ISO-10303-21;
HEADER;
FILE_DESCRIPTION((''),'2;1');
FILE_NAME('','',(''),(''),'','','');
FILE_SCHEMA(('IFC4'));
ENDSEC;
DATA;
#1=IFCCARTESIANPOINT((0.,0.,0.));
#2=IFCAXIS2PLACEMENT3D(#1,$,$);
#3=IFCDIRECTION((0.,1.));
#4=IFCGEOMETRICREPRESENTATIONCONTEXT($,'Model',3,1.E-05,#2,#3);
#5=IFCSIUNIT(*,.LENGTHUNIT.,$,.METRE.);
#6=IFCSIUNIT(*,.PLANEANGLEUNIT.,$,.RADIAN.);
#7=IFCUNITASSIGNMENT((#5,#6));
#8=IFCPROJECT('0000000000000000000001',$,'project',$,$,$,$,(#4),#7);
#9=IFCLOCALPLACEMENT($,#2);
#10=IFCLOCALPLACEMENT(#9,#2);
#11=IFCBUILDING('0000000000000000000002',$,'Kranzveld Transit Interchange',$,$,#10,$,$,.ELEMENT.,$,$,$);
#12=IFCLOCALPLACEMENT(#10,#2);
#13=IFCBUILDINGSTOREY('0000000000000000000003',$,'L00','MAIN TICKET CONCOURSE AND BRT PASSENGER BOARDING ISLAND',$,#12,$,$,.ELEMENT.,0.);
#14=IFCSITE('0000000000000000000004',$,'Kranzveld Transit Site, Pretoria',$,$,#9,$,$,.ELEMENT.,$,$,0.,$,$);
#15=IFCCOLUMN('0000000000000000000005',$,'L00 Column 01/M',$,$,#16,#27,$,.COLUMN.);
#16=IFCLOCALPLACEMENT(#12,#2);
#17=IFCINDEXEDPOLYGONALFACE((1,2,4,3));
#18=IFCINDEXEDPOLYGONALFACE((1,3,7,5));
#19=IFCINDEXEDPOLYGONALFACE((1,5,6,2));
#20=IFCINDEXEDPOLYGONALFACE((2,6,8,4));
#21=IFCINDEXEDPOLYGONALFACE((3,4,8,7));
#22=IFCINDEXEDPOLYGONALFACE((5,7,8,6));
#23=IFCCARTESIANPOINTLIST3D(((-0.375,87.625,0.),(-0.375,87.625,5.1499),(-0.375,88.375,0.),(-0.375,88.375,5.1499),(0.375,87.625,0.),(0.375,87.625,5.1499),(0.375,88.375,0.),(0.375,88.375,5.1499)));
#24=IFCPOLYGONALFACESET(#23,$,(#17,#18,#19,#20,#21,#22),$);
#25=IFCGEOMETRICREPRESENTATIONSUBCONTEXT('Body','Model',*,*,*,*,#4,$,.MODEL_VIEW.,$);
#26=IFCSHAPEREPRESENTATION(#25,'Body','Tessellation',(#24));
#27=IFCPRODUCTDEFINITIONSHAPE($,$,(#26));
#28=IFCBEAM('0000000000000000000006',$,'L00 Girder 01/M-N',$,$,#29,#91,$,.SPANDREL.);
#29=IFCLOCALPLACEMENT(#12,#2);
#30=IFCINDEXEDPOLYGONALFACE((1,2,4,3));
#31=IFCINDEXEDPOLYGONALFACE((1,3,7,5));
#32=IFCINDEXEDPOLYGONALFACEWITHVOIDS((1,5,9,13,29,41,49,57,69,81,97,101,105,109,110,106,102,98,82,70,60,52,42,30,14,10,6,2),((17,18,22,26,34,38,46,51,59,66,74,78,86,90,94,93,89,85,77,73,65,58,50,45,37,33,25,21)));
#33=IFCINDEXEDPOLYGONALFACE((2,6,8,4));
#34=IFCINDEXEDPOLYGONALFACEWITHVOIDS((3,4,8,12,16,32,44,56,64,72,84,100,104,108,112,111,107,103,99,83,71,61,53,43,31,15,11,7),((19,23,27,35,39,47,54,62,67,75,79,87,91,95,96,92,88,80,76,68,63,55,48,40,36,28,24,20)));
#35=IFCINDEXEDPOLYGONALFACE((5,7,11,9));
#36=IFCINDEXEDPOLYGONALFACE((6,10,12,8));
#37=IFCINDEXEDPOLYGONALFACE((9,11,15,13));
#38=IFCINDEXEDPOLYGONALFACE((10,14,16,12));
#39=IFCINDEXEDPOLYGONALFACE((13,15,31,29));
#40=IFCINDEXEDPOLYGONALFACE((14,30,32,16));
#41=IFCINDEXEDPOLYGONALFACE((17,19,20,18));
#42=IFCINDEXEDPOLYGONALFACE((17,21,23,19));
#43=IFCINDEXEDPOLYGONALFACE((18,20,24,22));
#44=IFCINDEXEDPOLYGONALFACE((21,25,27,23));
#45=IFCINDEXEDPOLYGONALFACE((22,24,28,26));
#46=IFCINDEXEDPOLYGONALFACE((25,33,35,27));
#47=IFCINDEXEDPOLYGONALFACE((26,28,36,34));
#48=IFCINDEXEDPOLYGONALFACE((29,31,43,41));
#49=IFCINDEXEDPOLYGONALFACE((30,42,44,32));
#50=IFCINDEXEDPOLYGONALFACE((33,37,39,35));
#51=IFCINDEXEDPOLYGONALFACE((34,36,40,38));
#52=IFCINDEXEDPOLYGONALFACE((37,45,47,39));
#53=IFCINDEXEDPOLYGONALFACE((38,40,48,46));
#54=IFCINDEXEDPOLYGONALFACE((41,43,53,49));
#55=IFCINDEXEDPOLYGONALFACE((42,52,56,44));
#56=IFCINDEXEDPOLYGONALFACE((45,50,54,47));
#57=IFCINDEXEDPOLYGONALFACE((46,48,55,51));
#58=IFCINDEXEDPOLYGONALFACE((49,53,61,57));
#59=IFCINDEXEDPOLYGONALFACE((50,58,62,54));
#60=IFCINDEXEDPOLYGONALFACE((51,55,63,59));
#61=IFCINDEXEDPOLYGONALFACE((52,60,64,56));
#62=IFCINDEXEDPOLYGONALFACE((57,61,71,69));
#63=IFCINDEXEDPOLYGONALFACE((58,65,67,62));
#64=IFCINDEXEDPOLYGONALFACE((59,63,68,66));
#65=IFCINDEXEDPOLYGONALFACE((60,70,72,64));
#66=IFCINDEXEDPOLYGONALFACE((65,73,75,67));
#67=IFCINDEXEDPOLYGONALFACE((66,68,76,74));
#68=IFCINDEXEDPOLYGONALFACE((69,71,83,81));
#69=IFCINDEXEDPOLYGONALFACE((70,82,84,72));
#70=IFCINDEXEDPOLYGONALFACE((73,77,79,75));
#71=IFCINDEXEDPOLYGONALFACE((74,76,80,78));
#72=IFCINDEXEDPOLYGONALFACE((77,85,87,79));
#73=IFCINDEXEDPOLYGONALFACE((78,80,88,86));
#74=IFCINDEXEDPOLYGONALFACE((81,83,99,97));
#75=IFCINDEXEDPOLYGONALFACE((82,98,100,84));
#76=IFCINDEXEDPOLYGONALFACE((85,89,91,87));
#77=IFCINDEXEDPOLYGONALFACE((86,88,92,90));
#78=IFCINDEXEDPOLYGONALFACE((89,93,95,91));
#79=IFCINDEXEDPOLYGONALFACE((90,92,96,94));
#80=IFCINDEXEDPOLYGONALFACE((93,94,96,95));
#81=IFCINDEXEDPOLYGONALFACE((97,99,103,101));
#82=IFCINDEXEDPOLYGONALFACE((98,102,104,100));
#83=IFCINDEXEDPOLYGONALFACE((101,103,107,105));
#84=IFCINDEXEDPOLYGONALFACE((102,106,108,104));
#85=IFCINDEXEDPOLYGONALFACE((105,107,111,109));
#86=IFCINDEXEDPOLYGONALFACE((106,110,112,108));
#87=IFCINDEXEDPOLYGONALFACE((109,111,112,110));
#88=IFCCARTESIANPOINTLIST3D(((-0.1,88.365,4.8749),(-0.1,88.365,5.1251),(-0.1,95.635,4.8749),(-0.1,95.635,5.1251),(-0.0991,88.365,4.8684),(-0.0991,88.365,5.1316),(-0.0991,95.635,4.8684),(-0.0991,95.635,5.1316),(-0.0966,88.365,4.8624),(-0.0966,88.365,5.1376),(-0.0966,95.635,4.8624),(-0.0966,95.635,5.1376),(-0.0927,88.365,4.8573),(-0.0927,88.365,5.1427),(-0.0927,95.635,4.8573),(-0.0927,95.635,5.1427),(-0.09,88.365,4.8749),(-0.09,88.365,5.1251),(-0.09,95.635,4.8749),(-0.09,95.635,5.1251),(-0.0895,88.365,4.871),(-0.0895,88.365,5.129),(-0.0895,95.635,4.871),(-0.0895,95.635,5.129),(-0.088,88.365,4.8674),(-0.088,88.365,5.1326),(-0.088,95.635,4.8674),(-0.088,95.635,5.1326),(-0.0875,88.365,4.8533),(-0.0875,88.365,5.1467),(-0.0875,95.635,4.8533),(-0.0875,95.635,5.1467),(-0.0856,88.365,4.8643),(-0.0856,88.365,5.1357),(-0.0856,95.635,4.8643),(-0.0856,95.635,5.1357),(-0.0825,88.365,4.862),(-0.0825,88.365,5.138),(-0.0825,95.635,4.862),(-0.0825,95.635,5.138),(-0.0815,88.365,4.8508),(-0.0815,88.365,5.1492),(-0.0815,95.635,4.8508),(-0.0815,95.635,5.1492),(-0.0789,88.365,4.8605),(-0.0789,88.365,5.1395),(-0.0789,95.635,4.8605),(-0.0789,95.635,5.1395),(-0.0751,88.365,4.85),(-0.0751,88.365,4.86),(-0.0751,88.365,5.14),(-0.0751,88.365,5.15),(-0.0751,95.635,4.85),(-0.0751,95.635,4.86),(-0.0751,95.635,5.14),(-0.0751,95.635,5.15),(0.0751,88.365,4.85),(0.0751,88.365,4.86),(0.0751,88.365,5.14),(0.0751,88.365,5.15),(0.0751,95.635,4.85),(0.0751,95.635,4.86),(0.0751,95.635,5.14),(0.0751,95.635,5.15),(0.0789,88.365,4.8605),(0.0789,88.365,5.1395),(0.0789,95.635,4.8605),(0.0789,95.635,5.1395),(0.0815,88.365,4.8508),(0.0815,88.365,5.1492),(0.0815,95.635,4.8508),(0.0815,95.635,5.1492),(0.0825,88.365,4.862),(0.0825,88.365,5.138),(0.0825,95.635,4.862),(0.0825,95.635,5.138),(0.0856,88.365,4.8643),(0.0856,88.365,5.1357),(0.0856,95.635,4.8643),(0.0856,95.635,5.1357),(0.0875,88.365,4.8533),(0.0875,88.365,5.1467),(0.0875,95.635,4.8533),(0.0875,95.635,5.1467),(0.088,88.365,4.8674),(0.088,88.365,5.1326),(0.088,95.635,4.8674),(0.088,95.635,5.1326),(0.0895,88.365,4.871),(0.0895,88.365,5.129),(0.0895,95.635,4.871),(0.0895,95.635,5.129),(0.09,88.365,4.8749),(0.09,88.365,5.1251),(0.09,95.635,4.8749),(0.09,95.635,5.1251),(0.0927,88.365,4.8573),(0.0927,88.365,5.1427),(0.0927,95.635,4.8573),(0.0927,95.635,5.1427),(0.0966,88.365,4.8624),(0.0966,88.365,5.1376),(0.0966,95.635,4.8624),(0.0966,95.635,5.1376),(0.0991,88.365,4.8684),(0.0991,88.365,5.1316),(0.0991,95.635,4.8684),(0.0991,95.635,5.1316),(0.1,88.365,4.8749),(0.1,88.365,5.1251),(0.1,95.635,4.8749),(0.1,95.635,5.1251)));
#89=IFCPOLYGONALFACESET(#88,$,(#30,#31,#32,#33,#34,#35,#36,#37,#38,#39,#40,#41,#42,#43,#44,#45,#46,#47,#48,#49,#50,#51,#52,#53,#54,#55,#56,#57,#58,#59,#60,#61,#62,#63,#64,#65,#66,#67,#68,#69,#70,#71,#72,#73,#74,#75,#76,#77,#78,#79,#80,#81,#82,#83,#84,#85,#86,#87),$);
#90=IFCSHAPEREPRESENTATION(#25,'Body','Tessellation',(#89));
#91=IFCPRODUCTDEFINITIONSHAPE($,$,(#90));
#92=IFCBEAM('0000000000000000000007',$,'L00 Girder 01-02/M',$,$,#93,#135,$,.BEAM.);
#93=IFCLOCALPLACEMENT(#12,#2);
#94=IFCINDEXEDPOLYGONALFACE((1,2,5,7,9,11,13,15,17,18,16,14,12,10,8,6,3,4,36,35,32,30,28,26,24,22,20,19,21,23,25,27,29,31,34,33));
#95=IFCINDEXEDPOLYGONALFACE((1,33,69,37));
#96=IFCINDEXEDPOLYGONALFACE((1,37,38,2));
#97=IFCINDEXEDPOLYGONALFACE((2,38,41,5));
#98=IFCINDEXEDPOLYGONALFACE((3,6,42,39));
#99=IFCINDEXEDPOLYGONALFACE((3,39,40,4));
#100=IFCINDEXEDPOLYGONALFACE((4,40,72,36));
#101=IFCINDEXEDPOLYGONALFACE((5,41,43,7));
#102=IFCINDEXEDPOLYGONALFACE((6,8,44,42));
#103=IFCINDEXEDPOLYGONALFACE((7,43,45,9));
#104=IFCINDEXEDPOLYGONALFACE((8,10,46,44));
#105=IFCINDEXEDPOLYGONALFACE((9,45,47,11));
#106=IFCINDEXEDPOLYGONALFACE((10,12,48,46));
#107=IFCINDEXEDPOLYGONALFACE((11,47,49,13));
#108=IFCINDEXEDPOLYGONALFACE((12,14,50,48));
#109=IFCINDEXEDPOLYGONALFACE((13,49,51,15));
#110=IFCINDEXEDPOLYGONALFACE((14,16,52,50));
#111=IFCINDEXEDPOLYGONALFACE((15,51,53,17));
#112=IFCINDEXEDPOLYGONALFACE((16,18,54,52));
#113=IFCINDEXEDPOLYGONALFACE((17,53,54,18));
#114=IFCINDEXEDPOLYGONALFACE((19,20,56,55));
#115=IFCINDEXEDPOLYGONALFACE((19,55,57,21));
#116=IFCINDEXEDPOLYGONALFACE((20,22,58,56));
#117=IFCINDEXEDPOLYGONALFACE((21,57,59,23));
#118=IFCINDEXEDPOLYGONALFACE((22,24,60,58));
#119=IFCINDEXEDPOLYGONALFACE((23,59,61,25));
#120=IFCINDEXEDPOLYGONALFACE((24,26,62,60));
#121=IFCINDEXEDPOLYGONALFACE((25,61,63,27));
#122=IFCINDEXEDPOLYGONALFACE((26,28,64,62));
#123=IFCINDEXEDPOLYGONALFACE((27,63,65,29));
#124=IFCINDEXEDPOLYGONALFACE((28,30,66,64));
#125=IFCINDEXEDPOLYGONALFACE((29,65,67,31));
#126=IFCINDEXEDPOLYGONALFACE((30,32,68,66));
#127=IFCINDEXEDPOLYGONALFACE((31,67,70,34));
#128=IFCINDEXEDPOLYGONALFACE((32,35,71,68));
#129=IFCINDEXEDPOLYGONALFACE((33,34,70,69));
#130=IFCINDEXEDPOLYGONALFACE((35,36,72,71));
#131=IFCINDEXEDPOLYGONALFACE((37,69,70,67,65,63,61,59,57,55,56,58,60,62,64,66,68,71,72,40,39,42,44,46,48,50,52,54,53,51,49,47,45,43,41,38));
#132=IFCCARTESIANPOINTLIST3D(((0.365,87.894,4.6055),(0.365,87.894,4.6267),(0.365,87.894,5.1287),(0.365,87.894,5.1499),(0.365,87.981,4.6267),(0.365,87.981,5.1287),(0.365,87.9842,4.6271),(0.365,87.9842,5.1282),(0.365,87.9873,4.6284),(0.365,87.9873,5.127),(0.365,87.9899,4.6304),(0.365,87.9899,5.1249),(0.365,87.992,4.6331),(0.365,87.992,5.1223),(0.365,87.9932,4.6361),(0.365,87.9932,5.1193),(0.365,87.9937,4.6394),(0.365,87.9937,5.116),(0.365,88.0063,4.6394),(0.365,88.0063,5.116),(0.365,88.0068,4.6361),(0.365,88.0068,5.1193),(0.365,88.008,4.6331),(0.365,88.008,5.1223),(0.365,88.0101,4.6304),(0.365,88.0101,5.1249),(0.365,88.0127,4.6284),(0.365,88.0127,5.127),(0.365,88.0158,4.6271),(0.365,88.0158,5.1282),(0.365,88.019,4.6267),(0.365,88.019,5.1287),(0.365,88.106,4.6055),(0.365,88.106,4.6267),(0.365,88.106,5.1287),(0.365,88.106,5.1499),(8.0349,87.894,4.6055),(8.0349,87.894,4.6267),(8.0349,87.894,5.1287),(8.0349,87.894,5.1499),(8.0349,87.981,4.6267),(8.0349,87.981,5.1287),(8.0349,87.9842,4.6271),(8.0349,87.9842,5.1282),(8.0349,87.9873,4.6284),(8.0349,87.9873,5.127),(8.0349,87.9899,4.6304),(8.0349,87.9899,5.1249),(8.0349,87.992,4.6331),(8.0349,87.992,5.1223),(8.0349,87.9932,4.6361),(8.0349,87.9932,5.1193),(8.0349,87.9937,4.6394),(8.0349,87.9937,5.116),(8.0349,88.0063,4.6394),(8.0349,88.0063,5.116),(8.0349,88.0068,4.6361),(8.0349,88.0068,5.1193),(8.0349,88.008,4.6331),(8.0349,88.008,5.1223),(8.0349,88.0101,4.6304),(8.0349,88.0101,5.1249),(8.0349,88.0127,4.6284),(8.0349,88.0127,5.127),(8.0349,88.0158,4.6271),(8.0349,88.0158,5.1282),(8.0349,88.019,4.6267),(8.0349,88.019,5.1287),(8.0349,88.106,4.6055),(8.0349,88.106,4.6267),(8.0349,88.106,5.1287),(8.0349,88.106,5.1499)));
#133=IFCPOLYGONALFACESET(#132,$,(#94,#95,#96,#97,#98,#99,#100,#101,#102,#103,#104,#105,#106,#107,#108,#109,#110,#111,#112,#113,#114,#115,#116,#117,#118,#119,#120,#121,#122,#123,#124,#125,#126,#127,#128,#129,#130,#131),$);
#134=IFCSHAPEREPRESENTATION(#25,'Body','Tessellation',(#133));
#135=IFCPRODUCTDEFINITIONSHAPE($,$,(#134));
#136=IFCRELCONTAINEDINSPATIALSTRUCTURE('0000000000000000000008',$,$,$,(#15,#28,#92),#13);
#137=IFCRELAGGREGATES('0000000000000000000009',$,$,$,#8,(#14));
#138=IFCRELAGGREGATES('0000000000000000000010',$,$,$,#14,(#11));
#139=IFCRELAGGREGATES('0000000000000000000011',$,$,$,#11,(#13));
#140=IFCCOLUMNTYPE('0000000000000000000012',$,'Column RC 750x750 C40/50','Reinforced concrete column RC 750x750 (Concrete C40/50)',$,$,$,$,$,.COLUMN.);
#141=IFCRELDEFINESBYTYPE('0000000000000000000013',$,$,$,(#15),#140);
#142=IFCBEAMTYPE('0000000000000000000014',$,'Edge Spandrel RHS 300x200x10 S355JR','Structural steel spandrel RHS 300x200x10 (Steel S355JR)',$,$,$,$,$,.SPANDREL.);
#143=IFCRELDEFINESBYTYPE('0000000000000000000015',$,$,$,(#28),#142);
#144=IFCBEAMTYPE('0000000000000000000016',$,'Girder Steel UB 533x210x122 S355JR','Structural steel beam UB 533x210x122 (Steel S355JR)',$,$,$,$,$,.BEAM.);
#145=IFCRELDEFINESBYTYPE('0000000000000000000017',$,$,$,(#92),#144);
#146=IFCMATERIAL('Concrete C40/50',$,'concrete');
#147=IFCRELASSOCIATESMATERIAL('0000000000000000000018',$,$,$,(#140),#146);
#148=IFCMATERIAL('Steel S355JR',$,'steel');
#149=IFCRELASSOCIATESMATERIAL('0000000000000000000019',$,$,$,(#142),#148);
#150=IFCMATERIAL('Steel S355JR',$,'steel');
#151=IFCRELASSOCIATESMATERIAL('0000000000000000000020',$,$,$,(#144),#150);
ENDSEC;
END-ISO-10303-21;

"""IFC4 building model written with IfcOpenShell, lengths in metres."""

from ifc_helpers import new_model, si_unit, direction, frame, origin, origin_2d, place, context, subcontext, project, spatial, rectangle, hollow_rectangle, i_section, extrude, material, material_profile, profile_set, type_object, element, save


model = new_model("IFC4")

# Units and contexts
model_context = context("Model", 3, precision=1e-05, world=origin(), true_north=direction((0.0, 1.0)))
body_context = subcontext(model_context, "Body", "Model", "MODEL_VIEW")
ifc_project = project(units=[si_unit("LENGTHUNIT", "METRE"), si_unit("PLANEANGLEUNIT", "RADIAN")], contexts=[model_context])

# Site, building, storey
site_placement = place(None, origin())
site = spatial("IfcSite", under=ifc_project, at=site_placement, Name="Kranzveld Transit Site, Pretoria", CompositionType="ELEMENT", RefElevation=0.0)
building_placement = place(site_placement, origin())
building = spatial("IfcBuilding", under=site, at=building_placement, Name="Kranzveld Transit Interchange", CompositionType="ELEMENT")
storey_placement = place(building_placement, origin())
storey = spatial("IfcBuildingStorey", under=building, at=storey_placement, Name="L00", Description="MAIN TICKET CONCOURSE AND BRT PASSENGER BOARDING ISLAND", CompositionType="ELEMENT", Elevation=0.0)

# Column
ifc_material_1 = material(Name="Concrete C40/50", Category="concrete")
ifc_material_profile_1 = material_profile(ifc_material_1, rectangle(XDim=0.75, YDim=0.75, at=origin_2d()), Name="RC 750x750")
ifc_profile_set_1 = profile_set([ifc_material_profile_1], Name="Concrete C40/50")
column_type = type_object("IfcColumnType", Name="Column RC 750x750 C40/50", Description="Reinforced concrete column RC 750x750 (Concrete C40/50)", PredefinedType="COLUMN", material=ifc_profile_set_1)
column_placement = place(storey_placement, frame((0.0, 88.0, 0.0), z_axis=(0.0, 0.0, 1.0), x_axis=(1.0, 0.0, 0.0)))
element("IfcColumn", 1, at=column_placement, inside=storey, type_object=column_type, Name="L00 Column 01/M", PredefinedType="COLUMN", context=body_context, shape_type="SweptSolid", body=[
    extrude(rectangle(XDim=0.75, YDim=0.75, at=origin_2d()), origin(), (0.0, 0.0, 1.0), 5.1499),
])

# Beams
ifc_material_2 = material(Name="Steel S355JR", Category="steel")
ifc_material_profile_2 = material_profile(ifc_material_2, hollow_rectangle(XDim=0.2, YDim=0.3, WallThickness=0.01, InnerFilletRadius=0.0149, OuterFilletRadius=0.0249, at=origin_2d()), Name="RHS 300x200x10")
ifc_profile_set_2 = profile_set([ifc_material_profile_2], Name="Steel S355JR")
beam_type_1 = type_object("IfcBeamType", Name="Edge Spandrel RHS 300x200x10 S355JR", Description="Structural steel spandrel RHS 300x200x10 (Steel S355JR)", PredefinedType="SPANDREL", material=ifc_profile_set_2)
beam_1_placement = place(storey_placement, frame((0.0, 88.365, 5.0), z_axis=(0.0, 1.0, 0.0), x_axis=(-1.0, 0.0, 0.0)))
element("IfcBeam", 2, at=beam_1_placement, inside=storey, type_object=beam_type_1, Name="L00 Girder 01/M-N", PredefinedType="SPANDREL", context=body_context, shape_type="SweptSolid", body=[
    extrude(hollow_rectangle(XDim=0.2, YDim=0.3, WallThickness=0.01, InnerFilletRadius=0.0149, OuterFilletRadius=0.0249, at=origin_2d()), origin(), (0.0, 0.0, 1.0), 7.27),
])
ifc_material_3 = material(Name="Steel S355JR", Category="steel")
ifc_material_profile_3 = material_profile(ifc_material_3, i_section(OverallWidth=0.2119, OverallDepth=0.5444, WebThickness=0.0127, FlangeThickness=0.0212, FilletRadius=0.0127, at=origin_2d()), Name="UB 533x210x122")
ifc_profile_set_3 = profile_set([ifc_material_profile_3], Name="Steel S355JR")
beam_type_2 = type_object("IfcBeamType", Name="Girder Steel UB 533x210x122 S355JR", Description="Structural steel beam UB 533x210x122 (Steel S355JR)", PredefinedType="BEAM", material=ifc_profile_set_3)
beam_2_placement = place(storey_placement, frame((0.365, 88.0, 4.8777), z_axis=(1.0, 0.0, 0.0), x_axis=(0.0, 1.0, 0.0)))
element("IfcBeam", 3, at=beam_2_placement, inside=storey, type_object=beam_type_2, Name="L00 Girder 01-02/M", PredefinedType="BEAM", context=body_context, shape_type="SweptSolid", body=[
    extrude(i_section(OverallWidth=0.2119, OverallDepth=0.5444, WebThickness=0.0127, FlangeThickness=0.0212, FilletRadius=0.0127, at=origin_2d()), origin(), (0.0, 0.0, 1.0), 7.6699),
])

save(model, "model.ifc")
